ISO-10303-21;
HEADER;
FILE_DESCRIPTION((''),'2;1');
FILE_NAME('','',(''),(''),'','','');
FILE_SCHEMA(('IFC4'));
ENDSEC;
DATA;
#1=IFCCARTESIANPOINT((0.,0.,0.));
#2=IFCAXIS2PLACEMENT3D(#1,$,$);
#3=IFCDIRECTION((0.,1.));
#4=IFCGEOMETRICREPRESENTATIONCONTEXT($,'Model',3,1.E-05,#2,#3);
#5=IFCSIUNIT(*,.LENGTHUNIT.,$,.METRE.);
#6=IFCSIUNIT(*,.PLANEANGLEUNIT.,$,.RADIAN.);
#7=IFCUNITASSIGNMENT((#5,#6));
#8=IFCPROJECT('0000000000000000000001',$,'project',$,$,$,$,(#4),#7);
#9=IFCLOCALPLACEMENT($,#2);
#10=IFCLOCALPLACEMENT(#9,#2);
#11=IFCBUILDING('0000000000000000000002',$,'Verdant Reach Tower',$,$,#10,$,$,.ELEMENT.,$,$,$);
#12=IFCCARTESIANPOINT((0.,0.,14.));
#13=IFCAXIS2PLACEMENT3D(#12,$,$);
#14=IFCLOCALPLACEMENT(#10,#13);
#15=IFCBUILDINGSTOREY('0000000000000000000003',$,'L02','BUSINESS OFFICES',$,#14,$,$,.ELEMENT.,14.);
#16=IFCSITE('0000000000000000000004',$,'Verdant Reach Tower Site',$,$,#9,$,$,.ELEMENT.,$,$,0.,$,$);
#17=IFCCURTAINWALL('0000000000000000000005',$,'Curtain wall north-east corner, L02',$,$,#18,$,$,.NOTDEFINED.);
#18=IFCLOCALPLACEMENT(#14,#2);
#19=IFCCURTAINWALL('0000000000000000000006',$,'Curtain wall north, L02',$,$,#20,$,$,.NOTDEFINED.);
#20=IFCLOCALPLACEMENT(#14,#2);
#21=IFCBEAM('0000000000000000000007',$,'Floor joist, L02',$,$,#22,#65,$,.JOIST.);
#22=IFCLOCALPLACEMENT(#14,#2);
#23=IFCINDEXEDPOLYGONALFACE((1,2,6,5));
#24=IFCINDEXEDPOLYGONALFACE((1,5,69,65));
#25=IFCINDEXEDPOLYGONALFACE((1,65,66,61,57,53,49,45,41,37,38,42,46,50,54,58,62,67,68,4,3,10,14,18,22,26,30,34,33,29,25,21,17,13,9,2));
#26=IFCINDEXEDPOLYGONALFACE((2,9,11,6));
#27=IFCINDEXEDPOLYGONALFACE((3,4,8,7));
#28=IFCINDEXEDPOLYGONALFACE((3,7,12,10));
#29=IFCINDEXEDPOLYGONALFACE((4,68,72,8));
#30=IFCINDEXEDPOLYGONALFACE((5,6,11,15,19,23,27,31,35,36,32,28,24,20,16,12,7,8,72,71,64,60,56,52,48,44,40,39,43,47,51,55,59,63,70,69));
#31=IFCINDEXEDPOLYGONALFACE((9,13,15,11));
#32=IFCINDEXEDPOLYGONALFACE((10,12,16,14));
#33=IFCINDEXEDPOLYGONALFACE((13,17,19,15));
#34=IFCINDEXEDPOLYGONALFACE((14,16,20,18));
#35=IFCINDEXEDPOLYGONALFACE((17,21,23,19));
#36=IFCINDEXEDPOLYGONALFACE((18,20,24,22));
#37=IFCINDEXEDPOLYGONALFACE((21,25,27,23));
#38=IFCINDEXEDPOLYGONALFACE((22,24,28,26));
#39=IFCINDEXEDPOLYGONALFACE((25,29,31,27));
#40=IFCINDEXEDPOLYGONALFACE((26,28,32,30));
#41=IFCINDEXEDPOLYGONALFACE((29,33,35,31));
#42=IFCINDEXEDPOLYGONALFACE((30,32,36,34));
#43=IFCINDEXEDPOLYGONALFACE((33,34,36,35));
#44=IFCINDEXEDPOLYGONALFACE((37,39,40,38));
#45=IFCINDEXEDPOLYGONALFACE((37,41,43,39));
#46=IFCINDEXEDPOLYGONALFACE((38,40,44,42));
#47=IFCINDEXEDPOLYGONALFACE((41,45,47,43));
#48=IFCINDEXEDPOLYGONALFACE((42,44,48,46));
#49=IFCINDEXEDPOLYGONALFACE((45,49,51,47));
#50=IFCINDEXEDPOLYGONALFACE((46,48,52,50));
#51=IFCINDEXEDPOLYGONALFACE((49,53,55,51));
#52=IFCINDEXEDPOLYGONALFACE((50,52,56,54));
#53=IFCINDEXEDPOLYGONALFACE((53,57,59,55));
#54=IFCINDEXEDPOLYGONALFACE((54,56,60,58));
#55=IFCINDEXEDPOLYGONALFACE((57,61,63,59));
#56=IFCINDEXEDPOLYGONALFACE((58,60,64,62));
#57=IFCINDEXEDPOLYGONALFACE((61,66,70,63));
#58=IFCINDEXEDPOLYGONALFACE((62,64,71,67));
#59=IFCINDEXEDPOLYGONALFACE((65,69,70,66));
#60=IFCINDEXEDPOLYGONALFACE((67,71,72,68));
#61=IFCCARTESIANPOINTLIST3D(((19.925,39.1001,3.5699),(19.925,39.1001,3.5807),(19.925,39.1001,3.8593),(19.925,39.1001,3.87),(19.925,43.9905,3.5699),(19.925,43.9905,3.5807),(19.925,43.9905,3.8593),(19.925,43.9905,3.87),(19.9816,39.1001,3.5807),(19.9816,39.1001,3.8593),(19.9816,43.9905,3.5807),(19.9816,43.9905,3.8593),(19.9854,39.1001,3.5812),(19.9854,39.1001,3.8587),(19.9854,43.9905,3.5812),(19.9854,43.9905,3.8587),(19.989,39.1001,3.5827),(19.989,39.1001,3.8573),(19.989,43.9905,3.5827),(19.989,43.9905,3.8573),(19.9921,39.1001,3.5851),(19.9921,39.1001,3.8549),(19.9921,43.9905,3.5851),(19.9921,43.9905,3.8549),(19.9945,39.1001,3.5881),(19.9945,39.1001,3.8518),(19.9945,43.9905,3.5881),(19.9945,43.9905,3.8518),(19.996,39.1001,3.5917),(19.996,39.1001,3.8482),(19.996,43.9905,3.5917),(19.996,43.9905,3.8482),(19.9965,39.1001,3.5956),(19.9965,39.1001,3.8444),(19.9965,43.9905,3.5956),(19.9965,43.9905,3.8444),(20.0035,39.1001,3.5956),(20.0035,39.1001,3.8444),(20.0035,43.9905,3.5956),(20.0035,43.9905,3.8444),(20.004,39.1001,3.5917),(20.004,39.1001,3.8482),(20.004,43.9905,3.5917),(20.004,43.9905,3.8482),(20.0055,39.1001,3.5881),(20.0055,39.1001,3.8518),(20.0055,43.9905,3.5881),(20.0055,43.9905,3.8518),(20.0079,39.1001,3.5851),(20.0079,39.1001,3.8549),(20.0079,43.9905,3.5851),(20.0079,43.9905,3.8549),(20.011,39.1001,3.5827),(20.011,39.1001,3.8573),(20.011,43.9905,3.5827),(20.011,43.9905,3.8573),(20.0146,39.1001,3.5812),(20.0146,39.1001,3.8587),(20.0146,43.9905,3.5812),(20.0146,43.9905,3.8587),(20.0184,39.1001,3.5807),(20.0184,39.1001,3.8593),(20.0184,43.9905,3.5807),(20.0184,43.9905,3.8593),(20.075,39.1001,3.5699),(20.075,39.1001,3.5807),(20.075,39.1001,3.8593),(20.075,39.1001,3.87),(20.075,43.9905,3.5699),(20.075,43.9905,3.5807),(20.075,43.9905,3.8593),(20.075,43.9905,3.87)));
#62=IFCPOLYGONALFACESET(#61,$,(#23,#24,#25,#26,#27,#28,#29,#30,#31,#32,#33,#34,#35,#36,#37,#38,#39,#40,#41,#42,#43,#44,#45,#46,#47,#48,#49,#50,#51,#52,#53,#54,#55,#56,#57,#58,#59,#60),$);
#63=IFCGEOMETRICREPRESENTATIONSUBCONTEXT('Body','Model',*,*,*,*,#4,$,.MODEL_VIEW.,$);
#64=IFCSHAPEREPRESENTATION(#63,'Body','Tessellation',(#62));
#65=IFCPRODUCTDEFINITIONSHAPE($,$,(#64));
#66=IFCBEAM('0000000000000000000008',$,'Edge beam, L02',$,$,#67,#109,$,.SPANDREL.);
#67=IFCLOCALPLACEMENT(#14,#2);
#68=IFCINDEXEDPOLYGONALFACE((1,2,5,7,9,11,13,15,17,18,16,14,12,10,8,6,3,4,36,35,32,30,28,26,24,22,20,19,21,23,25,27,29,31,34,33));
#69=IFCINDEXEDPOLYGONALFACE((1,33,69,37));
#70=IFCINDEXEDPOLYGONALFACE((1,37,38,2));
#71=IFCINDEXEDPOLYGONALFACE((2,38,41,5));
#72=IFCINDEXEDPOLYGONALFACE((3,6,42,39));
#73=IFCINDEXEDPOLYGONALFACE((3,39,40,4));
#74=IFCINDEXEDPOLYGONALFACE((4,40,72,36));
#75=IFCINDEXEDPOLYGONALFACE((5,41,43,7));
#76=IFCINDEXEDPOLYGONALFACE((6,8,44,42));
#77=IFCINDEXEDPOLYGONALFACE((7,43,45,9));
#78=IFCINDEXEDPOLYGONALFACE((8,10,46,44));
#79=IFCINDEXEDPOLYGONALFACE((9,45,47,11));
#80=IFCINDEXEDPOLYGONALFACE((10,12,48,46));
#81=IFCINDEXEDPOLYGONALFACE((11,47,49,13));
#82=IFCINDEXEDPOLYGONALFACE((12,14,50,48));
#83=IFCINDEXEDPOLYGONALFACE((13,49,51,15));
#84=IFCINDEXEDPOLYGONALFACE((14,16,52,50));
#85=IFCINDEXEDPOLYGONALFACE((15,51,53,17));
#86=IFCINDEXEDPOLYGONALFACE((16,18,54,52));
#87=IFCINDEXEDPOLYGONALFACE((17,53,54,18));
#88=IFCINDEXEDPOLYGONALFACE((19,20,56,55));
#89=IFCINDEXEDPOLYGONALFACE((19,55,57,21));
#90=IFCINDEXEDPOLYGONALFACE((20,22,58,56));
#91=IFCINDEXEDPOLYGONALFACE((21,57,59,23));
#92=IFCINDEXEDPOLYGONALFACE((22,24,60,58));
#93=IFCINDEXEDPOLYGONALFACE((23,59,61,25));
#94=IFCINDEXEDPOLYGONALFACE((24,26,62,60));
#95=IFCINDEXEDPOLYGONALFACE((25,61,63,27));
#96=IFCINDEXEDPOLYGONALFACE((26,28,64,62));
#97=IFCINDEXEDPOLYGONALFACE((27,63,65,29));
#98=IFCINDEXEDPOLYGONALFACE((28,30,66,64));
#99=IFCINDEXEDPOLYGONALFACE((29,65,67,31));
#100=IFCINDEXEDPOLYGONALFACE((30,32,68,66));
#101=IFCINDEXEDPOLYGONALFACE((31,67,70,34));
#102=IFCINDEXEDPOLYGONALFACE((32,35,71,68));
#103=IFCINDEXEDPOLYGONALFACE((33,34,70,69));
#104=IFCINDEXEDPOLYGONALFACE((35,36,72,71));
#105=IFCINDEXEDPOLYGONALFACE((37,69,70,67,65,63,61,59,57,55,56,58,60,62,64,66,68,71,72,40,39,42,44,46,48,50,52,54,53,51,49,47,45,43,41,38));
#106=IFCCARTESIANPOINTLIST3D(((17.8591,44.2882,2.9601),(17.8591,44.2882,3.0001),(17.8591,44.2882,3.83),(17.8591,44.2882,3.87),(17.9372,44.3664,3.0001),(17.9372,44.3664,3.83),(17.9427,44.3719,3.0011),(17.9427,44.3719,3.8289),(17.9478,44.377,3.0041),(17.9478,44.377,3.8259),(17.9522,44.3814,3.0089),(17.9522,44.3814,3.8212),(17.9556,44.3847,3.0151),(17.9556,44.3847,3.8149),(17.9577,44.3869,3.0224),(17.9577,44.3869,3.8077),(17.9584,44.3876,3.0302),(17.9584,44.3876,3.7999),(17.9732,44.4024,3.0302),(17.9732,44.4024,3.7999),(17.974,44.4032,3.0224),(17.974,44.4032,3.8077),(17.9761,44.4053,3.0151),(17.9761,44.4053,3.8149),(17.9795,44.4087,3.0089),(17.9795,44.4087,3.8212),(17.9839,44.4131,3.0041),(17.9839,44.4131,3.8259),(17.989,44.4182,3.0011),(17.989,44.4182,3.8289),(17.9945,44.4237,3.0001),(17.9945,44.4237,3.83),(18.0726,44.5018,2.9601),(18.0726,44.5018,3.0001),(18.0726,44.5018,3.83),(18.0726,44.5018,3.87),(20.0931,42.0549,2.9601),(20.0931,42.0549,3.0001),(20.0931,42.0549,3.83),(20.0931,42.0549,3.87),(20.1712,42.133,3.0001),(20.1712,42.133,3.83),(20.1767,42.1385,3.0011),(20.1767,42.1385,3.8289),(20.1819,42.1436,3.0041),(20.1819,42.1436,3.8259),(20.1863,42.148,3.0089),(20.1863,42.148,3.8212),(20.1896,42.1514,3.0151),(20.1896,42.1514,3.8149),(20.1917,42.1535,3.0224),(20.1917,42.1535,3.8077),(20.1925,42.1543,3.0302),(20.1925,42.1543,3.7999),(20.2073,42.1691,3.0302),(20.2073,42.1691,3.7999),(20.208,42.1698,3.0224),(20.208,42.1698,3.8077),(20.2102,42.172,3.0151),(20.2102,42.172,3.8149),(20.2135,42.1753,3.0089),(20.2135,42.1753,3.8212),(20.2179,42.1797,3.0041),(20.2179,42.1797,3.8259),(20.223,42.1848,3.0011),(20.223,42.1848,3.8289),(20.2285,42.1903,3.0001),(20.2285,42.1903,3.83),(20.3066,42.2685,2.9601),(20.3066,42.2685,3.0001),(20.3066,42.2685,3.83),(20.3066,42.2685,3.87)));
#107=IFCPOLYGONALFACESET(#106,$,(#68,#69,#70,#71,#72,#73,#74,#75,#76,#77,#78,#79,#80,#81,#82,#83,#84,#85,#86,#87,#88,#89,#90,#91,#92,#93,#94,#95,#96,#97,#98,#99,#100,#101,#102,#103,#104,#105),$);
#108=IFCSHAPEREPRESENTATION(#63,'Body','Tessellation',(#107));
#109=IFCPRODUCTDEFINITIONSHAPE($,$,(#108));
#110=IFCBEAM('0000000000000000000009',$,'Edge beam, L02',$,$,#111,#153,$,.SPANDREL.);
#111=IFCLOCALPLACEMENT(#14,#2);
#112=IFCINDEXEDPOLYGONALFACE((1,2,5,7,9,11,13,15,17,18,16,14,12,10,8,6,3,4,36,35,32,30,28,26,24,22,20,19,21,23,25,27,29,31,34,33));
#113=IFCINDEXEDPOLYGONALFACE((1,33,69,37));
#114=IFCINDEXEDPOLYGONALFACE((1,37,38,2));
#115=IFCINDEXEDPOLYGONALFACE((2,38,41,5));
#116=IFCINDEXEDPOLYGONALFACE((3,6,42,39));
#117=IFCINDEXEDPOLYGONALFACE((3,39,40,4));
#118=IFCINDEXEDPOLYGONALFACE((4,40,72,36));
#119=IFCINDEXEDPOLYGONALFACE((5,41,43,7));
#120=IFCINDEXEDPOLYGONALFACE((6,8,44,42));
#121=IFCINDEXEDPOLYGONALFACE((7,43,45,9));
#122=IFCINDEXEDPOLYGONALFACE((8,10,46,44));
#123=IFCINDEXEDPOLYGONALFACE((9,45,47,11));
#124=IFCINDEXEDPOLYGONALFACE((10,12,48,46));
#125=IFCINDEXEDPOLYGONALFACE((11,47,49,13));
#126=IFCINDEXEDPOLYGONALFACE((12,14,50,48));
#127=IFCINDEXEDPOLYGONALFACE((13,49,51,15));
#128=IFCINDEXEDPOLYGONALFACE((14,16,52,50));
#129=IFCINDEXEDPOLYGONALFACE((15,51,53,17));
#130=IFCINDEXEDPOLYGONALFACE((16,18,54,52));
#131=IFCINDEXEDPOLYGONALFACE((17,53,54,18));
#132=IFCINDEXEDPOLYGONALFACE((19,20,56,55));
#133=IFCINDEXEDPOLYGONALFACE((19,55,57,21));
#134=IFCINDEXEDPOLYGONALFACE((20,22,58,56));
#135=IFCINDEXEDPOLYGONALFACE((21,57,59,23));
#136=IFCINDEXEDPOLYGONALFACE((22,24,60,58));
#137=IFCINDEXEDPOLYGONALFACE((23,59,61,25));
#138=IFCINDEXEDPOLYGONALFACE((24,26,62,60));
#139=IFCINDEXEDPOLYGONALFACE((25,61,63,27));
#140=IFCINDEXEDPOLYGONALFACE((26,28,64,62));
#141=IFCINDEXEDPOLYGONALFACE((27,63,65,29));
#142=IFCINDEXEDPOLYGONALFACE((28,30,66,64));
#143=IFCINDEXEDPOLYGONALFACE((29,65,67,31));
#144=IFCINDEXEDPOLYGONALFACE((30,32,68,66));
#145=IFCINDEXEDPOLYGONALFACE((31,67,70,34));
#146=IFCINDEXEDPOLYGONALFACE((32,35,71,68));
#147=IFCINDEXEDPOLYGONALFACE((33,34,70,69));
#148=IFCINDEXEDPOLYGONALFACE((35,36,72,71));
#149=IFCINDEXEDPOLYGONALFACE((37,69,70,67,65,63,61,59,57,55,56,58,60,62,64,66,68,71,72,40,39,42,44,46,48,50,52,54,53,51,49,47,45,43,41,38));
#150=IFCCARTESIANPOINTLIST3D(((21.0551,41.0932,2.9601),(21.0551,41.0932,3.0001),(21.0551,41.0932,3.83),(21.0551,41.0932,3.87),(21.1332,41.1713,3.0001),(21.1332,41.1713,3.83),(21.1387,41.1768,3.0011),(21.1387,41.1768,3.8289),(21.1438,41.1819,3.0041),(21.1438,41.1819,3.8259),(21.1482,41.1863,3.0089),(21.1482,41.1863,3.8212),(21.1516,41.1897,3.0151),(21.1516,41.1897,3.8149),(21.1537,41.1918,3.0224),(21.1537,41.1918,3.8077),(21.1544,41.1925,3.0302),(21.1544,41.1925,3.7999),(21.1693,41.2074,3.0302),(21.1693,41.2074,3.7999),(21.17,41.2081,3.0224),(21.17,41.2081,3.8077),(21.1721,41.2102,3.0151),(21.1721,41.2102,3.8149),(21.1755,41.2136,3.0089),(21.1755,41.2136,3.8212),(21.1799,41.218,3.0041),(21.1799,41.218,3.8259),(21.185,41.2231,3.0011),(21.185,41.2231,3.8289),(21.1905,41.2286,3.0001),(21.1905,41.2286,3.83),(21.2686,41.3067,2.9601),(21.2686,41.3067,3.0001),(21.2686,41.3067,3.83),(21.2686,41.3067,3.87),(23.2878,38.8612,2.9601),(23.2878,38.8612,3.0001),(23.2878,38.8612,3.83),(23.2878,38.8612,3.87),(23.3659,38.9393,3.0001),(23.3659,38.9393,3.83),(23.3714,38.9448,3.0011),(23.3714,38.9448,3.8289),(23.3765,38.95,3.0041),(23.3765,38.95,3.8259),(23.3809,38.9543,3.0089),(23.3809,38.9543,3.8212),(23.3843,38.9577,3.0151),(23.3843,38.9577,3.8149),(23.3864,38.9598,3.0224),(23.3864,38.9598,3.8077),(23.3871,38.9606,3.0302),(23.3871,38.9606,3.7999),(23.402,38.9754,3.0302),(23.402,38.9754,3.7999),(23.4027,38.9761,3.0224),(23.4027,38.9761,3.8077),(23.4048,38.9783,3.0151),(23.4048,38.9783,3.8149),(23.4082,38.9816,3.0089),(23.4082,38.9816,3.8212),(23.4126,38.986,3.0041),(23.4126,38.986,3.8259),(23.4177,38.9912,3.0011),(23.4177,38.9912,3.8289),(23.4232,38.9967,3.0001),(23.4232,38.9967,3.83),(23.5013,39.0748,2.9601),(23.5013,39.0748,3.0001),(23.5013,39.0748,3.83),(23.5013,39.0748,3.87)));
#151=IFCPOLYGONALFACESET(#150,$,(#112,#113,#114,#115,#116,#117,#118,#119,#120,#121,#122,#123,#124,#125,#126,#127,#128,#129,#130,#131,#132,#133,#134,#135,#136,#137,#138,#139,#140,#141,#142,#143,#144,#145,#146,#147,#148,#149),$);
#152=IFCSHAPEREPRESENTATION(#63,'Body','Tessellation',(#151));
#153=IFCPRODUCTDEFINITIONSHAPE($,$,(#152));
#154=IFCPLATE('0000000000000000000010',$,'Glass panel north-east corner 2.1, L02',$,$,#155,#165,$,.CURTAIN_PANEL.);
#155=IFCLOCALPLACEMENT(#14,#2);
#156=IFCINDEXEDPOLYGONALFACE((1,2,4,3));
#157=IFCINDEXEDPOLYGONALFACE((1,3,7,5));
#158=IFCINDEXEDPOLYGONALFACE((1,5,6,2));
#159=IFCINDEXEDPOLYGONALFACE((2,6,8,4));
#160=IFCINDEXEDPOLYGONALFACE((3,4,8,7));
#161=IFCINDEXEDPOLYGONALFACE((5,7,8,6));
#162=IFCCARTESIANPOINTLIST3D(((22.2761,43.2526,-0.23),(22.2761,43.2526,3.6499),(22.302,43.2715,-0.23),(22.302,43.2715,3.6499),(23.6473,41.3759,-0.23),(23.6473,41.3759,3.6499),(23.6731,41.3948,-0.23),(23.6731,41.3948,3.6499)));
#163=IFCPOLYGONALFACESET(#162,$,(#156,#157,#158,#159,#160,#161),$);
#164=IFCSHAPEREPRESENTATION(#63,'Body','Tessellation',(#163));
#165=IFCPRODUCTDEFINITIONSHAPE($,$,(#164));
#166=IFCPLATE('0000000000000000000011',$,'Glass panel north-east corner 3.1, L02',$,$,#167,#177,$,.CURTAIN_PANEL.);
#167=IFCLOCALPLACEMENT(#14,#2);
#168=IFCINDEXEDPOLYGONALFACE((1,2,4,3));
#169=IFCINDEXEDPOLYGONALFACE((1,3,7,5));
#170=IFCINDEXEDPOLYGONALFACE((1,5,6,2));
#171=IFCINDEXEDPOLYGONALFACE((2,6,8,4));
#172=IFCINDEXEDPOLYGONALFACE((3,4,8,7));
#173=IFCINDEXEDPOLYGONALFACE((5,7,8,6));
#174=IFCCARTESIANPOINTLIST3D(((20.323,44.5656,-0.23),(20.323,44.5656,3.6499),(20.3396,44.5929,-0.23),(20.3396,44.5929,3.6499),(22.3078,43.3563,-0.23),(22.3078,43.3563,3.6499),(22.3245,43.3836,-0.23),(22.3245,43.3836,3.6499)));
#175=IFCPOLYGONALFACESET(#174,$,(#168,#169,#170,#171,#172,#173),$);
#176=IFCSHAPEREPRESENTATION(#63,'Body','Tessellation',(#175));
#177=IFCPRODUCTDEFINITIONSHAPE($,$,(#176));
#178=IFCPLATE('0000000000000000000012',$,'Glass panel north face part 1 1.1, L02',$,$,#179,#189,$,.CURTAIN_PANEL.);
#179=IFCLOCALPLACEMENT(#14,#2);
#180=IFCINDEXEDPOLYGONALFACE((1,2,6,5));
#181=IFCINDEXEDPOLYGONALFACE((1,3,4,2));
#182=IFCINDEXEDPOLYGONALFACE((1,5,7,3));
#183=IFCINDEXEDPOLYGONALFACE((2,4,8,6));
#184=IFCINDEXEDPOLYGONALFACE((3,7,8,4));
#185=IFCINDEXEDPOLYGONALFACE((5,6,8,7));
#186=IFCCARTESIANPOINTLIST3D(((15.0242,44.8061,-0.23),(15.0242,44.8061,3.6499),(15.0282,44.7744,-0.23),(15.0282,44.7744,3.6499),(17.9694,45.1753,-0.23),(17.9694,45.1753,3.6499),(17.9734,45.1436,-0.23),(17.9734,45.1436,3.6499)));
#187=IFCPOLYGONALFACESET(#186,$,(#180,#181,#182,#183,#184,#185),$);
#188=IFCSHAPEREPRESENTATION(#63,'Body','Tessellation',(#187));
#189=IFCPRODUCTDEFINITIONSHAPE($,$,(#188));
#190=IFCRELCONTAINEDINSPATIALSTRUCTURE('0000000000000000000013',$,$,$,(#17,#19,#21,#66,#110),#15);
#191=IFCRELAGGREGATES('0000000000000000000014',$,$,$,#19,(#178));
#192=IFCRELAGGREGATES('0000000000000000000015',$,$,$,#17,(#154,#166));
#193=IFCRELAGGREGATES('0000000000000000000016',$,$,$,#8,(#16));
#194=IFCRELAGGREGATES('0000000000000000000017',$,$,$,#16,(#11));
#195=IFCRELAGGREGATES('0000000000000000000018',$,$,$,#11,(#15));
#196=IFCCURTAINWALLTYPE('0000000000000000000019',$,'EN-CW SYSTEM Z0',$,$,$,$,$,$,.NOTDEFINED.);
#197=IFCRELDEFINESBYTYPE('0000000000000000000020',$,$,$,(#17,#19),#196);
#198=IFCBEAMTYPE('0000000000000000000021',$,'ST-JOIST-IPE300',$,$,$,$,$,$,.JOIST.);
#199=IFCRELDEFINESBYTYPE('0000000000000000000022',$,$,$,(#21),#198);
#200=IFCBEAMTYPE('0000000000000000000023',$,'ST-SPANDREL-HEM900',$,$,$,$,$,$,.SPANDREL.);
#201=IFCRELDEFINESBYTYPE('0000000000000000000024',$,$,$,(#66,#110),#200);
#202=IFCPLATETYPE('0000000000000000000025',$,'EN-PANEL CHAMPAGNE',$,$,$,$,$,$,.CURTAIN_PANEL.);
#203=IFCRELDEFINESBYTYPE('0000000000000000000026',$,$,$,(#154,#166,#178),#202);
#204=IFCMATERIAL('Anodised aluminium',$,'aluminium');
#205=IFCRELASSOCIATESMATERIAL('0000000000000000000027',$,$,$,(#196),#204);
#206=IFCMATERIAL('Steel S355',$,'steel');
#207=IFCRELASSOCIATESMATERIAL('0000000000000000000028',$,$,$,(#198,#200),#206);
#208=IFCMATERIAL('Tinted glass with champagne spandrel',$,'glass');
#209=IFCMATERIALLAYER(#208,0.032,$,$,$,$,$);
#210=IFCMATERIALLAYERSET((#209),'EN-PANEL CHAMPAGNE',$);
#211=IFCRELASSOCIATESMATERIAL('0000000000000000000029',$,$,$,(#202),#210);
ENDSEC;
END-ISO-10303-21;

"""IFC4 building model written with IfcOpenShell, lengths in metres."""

from ifc_helpers import new_model, si_unit, direction, frame, origin, origin_2d, place, context, subcontext, project, spatial, rectangle, i_section, extrude, material, layer, layer_set, material_profile, profile_set, type_object, element, aggregate, save


model = new_model("IFC4")

# Units and contexts
model_context = context("Model", 3, precision=1e-05, world=origin(), true_north=direction((0.0, 1.0)))
body_context = subcontext(model_context, "Body", "Model", "MODEL_VIEW")
ifc_project = project(units=[si_unit("LENGTHUNIT", "METRE"), si_unit("PLANEANGLEUNIT", "RADIAN")], contexts=[model_context])

# Site, building, storey
site_placement = place(None, origin())
site = spatial("IfcSite", under=ifc_project, at=site_placement, Name="Verdant Reach Tower Site", CompositionType="ELEMENT", RefElevation=0.0)
building_placement = place(site_placement, origin())
building = spatial("IfcBuilding", under=site, at=building_placement, Name="Verdant Reach Tower", CompositionType="ELEMENT")
storey_placement = place(building_placement, frame((0.0, 0.0, 14.0)))
storey = spatial("IfcBuildingStorey", under=building, at=storey_placement, Name="L02", Description="BUSINESS OFFICES", CompositionType="ELEMENT", Elevation=14.0)

# Curtain walls
ifc_material_1 = material(Name="Anodised aluminium", Category="aluminium")
curtain_wall_type = type_object("IfcCurtainWallType", Name="EN-CW SYSTEM Z0", PredefinedType="NOTDEFINED", material=ifc_material_1)
curtain_wall_1_placement = place(storey_placement, origin())
curtain_wall_1 = element("IfcCurtainWall", 1, at=curtain_wall_1_placement, inside=storey, type_object=curtain_wall_type, Name="Curtain wall north-east corner, L02", PredefinedType="NOTDEFINED")
curtain_wall_2_placement = place(storey_placement, origin())
curtain_wall_2 = element("IfcCurtainWall", 2, at=curtain_wall_2_placement, inside=storey, type_object=curtain_wall_type, Name="Curtain wall north, L02", PredefinedType="NOTDEFINED")

# Beams
ifc_material_2 = material(Name="Steel S355", Category="steel")
ifc_material_profile_1 = material_profile(ifc_material_2, i_section(OverallWidth=0.1499, OverallDepth=0.3, WebThickness=0.0071, FlangeThickness=0.0107, FilletRadius=0.0149, at=origin_2d()), Name="IPE 300")
ifc_profile_set_1 = profile_set([ifc_material_profile_1], Name="Steel S355")
beam_type_1 = type_object("IfcBeamType", Name="ST-JOIST-IPE300", PredefinedType="JOIST", material=ifc_profile_set_1)
beam_1_placement = place(storey_placement, frame((20.0, 39.1001, 3.72), z_axis=(0.0, 1.0, 0.0), x_axis=(-1.0, 0.0, 0.0)))
element("IfcBeam", 3, at=beam_1_placement, inside=storey, type_object=beam_type_1, Name="Floor joist, L02", PredefinedType="JOIST", context=body_context, shape_type="SweptSolid", body=[
    extrude(i_section(OverallWidth=0.1499, OverallDepth=0.3, WebThickness=0.0071, FlangeThickness=0.0107, FilletRadius=0.0149, at=origin_2d()), origin(), (0.0, 0.0, 1.0), 4.8904),
])
ifc_material_profile_2 = material_profile(ifc_material_2, i_section(OverallWidth=0.302, OverallDepth=0.9099, WebThickness=0.021, FlangeThickness=0.04, FilletRadius=0.03, at=origin_2d()), Name="HEM 900")
ifc_profile_set_2 = profile_set([ifc_material_profile_2], Name="Steel S355")
beam_type_2 = type_object("IfcBeamType", Name="ST-SPANDREL-HEM900", PredefinedType="SPANDREL", material=ifc_profile_set_2)
beam_2_placement = place(storey_placement, frame((17.9658, 44.395, 3.415), z_axis=(0.707223, -0.706991, 0.0), x_axis=(0.706991, 0.707223, 0.0)))
element("IfcBeam", 4, at=beam_2_placement, inside=storey, type_object=beam_type_2, Name="Edge beam, L02", PredefinedType="SPANDREL", context=body_context, shape_type="SweptSolid", body=[
    extrude(i_section(OverallWidth=0.302, OverallDepth=0.9099, WebThickness=0.021, FlangeThickness=0.04, FilletRadius=0.03, at=origin_2d()), origin(), (0.0, 0.0, 1.0), 3.1589),
])
beam_3_placement = place(storey_placement, frame((21.1619, 41.2, 3.415), z_axis=(0.707223, -0.706991, 0.0), x_axis=(0.706991, 0.707223, 0.0)))
element("IfcBeam", 5, at=beam_3_placement, inside=storey, type_object=beam_type_2, Name="Edge beam, L02", PredefinedType="SPANDREL", context=body_context, shape_type="SweptSolid", body=[
    extrude(i_section(OverallWidth=0.302, OverallDepth=0.9099, WebThickness=0.021, FlangeThickness=0.04, FilletRadius=0.03, at=origin_2d()), origin(), (0.0, 0.0, 1.0), 3.157),
])

# Plates
ifc_material_3 = material(Name="Tinted glass with champagne spandrel", Category="glass")
ifc_layer_1 = layer(ifc_material_3, 0.032)
ifc_layer_set_1 = layer_set([ifc_layer_1], Name="EN-PANEL CHAMPAGNE")
plate_type_1 = type_object("IfcPlateType", Name="EN-PANEL CHAMPAGNE", PredefinedType="CURTAIN_PANEL", material=ifc_layer_set_1)
plate_1_placement = place(storey_placement, frame((22.9746, 42.3237, -0.23), z_axis=(0.0, 0.0, 1.0), x_axis=(-0.589927, 0.807457, 0.0)))
plate_1 = element("IfcPlate", 6, at=plate_1_placement, type_object=plate_type_1, Name="Glass panel north-east corner 2.1, L02", PredefinedType="CURTAIN_PANEL", context=body_context, shape_type="SweptSolid", body=[
    extrude(rectangle(XDim=2.3242, YDim=0.032, at=origin_2d()), origin(), (0.0, 0.0, 1.0), 3.8799),
])
plate_2_placement = place(storey_placement, frame((21.3237, 43.9746, -0.23), z_axis=(0.0, 0.0, 1.0), x_axis=(-0.853989, 0.520292, 0.0)))
plate_2 = element("IfcPlate", 7, at=plate_2_placement, type_object=plate_type_1, Name="Glass panel north-east corner 3.1, L02", PredefinedType="CURTAIN_PANEL", context=body_context, shape_type="SweptSolid", body=[
    extrude(rectangle(XDim=2.3242, YDim=0.032, at=origin_2d()), origin(), (0.0, 0.0, 1.0), 3.8799),
])
plate_3_placement = place(storey_placement, frame((16.4988, 44.9749, -0.23), z_axis=(0.0, 0.0, 1.0), x_axis=(-0.992234, -0.124384, 0.0)))
plate_3 = element("IfcPlate", 8, at=plate_3_placement, type_object=plate_type_1, Name="Glass panel north face part 1 1.1, L02", PredefinedType="CURTAIN_PANEL", context=body_context, shape_type="SweptSolid", body=[
    extrude(rectangle(XDim=2.9683, YDim=0.032, at=origin_2d()), origin(), (0.0, 0.0, 1.0), 3.8799),
])
aggregate(curtain_wall_2, [plate_3])
aggregate(curtain_wall_1, [plate_1, plate_2])

save(model, "model.ifc")
